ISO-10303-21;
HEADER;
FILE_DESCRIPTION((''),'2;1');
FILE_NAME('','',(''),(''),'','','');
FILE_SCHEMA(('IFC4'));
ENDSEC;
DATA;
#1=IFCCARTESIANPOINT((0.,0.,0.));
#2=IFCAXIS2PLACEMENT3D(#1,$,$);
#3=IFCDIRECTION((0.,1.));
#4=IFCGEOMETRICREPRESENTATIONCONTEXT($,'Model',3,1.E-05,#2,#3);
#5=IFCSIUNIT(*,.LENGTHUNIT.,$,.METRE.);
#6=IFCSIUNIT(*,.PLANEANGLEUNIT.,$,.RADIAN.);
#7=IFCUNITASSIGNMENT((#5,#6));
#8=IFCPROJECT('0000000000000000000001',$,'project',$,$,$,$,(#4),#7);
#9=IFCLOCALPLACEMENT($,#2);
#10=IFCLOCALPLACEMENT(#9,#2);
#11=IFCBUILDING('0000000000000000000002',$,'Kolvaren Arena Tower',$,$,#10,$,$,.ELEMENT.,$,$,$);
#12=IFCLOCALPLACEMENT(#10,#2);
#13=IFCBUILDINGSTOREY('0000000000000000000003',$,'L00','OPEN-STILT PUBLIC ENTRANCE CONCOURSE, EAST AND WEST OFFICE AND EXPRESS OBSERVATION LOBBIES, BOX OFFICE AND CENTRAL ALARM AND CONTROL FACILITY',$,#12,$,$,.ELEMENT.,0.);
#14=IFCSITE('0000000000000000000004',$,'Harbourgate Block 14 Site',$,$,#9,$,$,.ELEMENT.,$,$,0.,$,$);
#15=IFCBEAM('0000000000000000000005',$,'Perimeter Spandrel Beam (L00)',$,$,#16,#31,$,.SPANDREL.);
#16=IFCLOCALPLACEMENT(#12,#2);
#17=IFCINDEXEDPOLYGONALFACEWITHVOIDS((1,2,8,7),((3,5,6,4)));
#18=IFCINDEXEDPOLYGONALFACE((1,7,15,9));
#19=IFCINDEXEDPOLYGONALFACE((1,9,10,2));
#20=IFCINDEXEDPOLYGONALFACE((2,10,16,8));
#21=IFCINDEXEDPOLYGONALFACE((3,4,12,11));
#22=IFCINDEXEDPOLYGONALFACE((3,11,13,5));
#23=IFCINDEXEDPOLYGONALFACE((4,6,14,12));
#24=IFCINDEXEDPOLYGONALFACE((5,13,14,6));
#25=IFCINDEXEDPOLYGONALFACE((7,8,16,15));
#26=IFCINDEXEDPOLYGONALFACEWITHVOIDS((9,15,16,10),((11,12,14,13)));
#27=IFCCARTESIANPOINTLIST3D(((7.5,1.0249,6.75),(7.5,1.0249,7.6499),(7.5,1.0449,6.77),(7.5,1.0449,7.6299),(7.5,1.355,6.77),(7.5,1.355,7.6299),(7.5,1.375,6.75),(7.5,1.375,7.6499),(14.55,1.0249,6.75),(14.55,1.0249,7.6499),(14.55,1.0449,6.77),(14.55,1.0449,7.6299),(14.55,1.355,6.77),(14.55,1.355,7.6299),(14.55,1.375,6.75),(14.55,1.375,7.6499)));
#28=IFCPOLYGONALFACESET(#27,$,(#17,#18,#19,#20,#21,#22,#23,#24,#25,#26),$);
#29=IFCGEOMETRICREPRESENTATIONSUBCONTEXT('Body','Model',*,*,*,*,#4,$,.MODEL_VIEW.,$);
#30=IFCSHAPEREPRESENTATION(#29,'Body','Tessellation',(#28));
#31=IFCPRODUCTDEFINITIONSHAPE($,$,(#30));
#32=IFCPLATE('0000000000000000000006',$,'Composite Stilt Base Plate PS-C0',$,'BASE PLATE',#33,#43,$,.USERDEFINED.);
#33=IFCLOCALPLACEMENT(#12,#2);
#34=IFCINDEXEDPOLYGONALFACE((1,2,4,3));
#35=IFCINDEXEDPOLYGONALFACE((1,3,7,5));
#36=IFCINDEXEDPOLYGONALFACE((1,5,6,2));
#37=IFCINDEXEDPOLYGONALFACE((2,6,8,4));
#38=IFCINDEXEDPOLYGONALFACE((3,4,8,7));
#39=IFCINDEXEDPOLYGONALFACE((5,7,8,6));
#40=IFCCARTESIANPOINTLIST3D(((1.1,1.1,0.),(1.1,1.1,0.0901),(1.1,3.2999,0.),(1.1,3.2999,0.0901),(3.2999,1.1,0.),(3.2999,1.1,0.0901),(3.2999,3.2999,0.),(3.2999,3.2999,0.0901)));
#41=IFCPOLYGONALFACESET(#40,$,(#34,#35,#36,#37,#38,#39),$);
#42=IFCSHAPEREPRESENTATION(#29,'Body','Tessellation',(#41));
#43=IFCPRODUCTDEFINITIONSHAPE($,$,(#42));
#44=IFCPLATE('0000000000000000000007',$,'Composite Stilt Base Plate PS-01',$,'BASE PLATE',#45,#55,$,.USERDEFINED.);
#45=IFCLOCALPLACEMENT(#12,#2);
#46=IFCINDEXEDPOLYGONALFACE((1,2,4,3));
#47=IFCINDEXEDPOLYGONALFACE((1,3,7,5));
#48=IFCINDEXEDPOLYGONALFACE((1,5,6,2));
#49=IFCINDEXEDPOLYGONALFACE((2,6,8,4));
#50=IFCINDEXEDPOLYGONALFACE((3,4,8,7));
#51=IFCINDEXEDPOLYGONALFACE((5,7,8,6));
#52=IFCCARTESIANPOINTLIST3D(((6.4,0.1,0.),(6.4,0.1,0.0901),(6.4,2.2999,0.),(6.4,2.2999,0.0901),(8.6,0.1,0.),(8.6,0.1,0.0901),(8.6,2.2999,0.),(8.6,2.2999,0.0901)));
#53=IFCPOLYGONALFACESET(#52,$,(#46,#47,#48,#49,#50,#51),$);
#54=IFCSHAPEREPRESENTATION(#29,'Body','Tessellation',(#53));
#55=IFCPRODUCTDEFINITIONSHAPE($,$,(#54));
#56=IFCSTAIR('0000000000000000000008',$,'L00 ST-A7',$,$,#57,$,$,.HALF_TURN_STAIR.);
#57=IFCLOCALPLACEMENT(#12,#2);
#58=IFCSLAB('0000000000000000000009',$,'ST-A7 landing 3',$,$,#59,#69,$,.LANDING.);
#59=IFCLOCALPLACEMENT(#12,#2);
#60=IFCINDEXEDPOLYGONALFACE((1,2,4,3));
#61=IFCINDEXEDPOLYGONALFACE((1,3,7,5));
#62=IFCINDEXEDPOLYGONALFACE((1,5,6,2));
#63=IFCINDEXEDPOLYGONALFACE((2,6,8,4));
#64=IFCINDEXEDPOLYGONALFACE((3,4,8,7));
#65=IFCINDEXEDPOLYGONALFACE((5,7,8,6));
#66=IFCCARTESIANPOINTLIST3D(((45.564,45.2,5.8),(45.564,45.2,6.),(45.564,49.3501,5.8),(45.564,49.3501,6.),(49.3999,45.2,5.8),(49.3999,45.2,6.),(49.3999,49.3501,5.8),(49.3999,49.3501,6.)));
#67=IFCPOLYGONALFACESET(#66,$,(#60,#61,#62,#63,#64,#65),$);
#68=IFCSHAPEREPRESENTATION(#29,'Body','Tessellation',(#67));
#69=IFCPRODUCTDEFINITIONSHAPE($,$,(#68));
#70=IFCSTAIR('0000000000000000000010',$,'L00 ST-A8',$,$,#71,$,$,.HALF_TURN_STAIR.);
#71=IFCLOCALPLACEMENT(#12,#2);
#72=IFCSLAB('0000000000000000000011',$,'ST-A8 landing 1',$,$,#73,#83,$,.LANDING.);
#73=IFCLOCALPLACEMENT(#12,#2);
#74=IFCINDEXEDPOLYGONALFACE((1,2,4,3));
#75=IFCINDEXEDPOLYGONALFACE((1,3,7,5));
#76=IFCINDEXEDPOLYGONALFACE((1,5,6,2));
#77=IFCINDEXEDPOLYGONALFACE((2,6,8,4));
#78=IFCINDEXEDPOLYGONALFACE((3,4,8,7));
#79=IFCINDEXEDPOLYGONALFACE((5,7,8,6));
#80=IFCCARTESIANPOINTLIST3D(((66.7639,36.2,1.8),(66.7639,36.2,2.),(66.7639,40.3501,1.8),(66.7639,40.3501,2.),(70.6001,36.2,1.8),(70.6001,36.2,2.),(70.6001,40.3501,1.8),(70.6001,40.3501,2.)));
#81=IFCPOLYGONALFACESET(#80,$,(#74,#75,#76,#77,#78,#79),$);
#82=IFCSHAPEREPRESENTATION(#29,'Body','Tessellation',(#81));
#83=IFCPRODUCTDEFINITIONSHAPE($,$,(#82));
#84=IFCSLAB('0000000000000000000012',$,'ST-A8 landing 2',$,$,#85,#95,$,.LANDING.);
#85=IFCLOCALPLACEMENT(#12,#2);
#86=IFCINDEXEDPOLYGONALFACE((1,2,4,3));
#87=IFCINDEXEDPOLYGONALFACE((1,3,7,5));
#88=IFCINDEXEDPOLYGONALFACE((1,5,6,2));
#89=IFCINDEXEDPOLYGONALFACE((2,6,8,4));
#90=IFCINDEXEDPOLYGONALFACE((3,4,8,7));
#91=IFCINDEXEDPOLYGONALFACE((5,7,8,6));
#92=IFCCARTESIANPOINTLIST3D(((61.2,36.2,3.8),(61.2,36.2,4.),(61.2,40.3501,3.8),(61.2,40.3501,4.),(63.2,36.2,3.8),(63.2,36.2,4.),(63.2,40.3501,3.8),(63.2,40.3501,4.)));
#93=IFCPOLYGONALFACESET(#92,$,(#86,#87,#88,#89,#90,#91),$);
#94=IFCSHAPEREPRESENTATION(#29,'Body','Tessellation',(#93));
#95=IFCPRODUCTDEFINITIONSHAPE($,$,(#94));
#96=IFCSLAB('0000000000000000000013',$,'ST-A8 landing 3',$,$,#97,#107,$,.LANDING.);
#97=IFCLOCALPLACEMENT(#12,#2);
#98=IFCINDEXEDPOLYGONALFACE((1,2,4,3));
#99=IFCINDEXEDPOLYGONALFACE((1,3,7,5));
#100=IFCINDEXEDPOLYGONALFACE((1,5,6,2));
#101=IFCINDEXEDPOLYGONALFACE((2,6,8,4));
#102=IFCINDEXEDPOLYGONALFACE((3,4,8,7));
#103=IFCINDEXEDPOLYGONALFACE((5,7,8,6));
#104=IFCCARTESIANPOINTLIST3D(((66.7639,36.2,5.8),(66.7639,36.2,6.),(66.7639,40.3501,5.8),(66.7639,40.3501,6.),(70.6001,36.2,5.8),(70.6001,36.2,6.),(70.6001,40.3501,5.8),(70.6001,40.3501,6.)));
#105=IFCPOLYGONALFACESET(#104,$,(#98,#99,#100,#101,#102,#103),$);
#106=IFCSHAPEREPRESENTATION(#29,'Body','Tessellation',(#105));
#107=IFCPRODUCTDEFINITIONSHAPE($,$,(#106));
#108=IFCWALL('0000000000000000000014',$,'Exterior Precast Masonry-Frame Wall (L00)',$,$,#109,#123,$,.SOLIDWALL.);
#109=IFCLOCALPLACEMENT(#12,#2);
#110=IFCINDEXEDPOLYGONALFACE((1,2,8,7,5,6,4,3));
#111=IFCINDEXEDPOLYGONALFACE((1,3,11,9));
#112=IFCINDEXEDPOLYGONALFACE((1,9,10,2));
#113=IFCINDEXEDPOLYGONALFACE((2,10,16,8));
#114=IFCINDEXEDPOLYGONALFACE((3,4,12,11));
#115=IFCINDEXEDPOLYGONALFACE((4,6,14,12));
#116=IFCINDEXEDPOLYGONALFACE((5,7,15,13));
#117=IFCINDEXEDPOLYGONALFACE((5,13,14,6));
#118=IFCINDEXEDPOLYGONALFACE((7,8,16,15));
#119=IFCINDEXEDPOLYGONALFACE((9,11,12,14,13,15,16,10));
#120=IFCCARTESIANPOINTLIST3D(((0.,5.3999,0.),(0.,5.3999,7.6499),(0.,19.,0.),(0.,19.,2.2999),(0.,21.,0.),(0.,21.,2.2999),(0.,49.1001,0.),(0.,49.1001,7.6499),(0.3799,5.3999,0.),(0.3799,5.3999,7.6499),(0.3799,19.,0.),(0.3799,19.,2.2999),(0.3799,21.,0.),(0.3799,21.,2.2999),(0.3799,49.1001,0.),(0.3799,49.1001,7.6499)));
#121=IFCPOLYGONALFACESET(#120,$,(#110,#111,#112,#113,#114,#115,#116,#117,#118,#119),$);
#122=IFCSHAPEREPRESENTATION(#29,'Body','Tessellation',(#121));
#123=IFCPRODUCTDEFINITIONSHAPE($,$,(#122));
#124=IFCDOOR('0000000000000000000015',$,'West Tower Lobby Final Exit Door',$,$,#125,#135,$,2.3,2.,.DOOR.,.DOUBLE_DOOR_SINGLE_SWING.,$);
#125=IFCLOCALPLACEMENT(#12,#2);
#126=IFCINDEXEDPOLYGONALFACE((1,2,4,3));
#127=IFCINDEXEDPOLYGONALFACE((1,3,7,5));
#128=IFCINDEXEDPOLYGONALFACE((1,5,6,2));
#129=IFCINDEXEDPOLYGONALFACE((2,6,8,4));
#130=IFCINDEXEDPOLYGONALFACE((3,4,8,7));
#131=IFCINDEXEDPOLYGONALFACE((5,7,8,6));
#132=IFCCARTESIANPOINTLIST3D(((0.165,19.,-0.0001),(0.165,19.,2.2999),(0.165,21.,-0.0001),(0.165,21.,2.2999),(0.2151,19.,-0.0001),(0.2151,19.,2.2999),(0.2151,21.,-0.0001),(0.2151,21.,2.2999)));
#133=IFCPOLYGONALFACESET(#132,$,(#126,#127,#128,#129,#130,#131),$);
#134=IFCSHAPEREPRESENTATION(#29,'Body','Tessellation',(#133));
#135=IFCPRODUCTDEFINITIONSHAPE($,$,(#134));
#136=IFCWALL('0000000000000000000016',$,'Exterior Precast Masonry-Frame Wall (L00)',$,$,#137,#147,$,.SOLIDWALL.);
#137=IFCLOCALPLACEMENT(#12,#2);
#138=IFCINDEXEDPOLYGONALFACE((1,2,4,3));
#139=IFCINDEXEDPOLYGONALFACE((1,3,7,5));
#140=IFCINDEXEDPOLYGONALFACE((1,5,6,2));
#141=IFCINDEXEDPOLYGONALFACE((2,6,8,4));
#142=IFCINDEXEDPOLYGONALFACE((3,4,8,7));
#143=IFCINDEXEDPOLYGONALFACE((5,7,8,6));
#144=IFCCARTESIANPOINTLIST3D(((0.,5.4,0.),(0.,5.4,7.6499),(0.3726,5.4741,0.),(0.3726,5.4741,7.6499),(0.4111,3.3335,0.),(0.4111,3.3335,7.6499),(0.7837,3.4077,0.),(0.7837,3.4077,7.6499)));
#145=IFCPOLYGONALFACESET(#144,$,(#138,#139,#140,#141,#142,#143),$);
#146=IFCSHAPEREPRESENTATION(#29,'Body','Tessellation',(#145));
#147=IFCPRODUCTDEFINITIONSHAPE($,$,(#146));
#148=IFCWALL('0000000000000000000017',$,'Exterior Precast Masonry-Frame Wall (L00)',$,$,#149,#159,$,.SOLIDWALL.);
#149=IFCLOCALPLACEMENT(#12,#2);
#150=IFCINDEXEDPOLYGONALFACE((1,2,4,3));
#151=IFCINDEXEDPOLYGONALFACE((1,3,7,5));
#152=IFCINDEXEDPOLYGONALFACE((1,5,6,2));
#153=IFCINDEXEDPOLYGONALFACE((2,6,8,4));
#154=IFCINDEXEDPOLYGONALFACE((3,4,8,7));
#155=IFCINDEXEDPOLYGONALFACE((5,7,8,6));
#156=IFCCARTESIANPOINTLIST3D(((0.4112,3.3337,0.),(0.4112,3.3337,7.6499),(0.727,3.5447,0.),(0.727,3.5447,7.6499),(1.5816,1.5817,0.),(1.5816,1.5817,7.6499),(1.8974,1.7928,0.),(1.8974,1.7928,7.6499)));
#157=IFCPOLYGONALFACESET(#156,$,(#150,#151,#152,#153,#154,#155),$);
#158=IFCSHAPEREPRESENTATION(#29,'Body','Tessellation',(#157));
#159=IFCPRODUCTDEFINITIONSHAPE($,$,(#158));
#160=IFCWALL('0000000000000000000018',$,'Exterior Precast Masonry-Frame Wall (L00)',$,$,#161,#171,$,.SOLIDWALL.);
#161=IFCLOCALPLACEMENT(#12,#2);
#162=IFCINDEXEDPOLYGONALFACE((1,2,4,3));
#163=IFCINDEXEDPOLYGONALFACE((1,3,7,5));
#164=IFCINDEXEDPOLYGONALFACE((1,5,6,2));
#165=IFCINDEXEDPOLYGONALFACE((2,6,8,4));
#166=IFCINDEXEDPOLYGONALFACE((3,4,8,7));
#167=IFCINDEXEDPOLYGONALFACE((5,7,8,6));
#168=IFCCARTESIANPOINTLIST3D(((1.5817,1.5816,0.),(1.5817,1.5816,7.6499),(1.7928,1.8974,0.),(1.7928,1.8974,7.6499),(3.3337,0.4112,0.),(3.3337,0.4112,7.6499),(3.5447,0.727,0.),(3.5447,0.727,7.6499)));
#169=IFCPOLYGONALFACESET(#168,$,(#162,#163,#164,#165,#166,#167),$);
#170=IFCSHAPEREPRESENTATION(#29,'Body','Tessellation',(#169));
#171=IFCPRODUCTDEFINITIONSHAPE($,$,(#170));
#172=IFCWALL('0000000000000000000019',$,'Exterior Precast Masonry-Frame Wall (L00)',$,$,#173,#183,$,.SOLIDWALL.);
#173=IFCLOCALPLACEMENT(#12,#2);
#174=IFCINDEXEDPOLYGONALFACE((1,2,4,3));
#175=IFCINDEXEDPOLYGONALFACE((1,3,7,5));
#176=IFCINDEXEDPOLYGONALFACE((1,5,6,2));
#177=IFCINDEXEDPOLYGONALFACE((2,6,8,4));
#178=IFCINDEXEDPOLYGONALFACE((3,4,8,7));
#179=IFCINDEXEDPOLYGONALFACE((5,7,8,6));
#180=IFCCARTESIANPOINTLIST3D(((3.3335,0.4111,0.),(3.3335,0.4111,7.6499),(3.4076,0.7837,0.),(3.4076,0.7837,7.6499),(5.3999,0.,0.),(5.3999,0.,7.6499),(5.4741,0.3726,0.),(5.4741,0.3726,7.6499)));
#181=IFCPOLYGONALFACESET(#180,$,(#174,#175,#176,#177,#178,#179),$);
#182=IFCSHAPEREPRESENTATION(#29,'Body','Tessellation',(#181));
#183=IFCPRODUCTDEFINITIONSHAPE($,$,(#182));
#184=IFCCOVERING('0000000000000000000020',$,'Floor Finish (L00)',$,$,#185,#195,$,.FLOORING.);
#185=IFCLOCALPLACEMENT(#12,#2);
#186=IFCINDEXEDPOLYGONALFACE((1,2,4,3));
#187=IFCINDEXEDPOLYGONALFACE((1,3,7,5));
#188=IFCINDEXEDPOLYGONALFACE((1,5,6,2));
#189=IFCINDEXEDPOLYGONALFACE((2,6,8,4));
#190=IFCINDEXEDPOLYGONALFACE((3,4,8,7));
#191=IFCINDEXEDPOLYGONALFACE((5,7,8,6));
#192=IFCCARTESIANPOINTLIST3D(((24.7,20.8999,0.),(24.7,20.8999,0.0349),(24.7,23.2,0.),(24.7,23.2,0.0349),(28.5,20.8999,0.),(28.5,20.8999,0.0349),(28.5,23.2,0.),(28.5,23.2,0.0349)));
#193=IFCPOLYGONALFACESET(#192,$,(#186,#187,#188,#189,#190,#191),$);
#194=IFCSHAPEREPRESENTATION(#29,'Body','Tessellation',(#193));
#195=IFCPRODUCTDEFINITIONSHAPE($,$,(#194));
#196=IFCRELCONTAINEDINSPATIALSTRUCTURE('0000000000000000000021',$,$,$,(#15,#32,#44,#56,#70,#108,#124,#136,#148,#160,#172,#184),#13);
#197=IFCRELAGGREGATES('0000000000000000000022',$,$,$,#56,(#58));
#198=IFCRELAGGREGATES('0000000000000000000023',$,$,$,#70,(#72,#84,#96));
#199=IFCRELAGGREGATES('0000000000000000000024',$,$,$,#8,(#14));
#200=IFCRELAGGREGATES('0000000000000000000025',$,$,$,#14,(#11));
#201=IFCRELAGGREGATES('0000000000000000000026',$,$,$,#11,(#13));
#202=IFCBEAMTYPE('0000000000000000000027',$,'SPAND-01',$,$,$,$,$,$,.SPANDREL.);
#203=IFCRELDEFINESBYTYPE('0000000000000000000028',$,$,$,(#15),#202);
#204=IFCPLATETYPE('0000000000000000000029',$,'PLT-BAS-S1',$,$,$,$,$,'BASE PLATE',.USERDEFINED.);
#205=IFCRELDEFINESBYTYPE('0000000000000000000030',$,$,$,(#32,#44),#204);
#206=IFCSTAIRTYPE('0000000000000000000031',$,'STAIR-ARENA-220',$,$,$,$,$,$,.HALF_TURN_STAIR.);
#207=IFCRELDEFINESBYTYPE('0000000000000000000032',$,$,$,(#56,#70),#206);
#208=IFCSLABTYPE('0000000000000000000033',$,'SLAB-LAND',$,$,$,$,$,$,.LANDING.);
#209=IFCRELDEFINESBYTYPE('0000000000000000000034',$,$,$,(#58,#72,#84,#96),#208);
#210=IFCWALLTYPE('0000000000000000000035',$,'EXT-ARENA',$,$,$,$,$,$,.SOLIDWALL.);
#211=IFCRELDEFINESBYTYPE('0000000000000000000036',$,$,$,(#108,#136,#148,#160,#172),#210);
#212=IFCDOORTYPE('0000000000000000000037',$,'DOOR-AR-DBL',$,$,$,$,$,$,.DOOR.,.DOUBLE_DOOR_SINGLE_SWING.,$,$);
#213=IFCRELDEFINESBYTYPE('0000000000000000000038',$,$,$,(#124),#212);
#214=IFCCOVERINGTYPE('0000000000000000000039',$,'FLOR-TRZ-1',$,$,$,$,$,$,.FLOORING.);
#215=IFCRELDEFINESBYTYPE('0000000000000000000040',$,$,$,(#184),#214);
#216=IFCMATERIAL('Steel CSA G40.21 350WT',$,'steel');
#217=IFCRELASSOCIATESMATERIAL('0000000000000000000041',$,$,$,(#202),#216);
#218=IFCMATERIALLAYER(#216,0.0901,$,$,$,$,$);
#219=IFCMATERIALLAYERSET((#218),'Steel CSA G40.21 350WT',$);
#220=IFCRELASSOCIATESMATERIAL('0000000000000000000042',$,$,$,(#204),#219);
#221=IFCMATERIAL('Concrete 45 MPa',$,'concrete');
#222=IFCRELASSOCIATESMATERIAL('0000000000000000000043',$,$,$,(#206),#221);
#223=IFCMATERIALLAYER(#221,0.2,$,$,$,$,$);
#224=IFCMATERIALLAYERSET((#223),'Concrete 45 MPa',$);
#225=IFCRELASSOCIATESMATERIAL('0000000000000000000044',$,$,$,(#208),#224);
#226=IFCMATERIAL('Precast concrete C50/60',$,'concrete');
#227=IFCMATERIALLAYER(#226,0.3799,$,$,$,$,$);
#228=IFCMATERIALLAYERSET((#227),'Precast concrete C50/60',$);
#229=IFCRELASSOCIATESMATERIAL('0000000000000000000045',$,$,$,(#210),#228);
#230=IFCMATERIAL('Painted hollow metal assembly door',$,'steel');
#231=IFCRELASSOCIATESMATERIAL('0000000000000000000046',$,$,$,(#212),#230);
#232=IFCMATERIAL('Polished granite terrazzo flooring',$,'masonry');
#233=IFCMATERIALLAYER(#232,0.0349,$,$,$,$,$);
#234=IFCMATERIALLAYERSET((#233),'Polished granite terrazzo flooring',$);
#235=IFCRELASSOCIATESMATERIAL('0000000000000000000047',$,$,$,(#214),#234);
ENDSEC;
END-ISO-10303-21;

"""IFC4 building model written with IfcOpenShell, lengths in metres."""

from ifc_helpers import new_model, si_unit, direction, frame, frame_2d, origin, origin_2d, place, context, subcontext, project, spatial, polyline, rectangle, hollow_rectangle, outline, extrude, material, layer, layer_set, material_profile, profile_set, type_object, element, fill, aggregate, save


model = new_model("IFC4")

# Units and contexts
model_context = context("Model", 3, precision=1e-05, world=origin(), true_north=direction((0.0, 1.0)))
body_context = subcontext(model_context, "Body", "Model", "MODEL_VIEW")
ifc_project = project(units=[si_unit("LENGTHUNIT", "METRE"), si_unit("PLANEANGLEUNIT", "RADIAN")], contexts=[model_context])

# Site, building, storey
site_placement = place(None, origin())
site = spatial("IfcSite", under=ifc_project, at=site_placement, Name="Harbourgate Block 14 Site", CompositionType="ELEMENT", RefElevation=0.0)
building_placement = place(site_placement, origin())
building = spatial("IfcBuilding", under=site, at=building_placement, Name="Kolvaren Arena Tower", CompositionType="ELEMENT")
storey_placement = place(building_placement, origin())
storey = spatial("IfcBuildingStorey", under=building, at=storey_placement, Name="L00", Description="OPEN-STILT PUBLIC ENTRANCE CONCOURSE, EAST AND WEST OFFICE AND EXPRESS OBSERVATION LOBBIES, BOX OFFICE AND CENTRAL ALARM AND CONTROL FACILITY", CompositionType="ELEMENT", Elevation=0.0)

# Shared definitions
ifc_material_1 = material(Name="Steel CSA G40.21 350WT", Category="steel")

# Beam
ifc_material_profile_1 = material_profile(ifc_material_1, hollow_rectangle(XDim=0.3501, YDim=0.8999, WallThickness=0.02, at=origin_2d()), Name="HSS 900x350x20")
ifc_profile_set_1 = profile_set([ifc_material_profile_1], Name="Steel CSA G40.21 350WT")
beam_type_1 = type_object("IfcBeamType", Name="SPAND-01", PredefinedType="SPANDREL", material=ifc_profile_set_1)
beam_1_placement = place(storey_placement, frame((7.5, 1.2, 7.2), z_axis=(1.0, 0.0, 0.0), x_axis=(0.0, 1.0, 0.0)))
element("IfcBeam", 1, at=beam_1_placement, inside=storey, type_object=beam_type_1, Name="Perimeter Spandrel Beam (L00)", PredefinedType="SPANDREL", context=body_context, shape_type="SweptSolid", body=[
    extrude(hollow_rectangle(XDim=0.3501, YDim=0.8999, WallThickness=0.02, at=origin_2d()), origin(), (0.0, 0.0, 1.0), 7.05),
])

# Plates
ifc_layer_1 = layer(ifc_material_1, 0.0901)
ifc_layer_set_1 = layer_set([ifc_layer_1], Name="Steel CSA G40.21 350WT")
plate_type = type_object("IfcPlateType", Name="PLT-BAS-S1", ElementType="BASE PLATE", PredefinedType="USERDEFINED", material=ifc_layer_set_1)
for number, where, z_axis, x_axis, name in (
    (2, (2.2, 2.2, 0.0), (0.0, 0.0, 1.0), (1.0, 0.0, 0.0), "Composite Stilt Base Plate PS-C0"),
    (3, (7.5, 1.2, 0.0), (0.0, 0.0, 1.0), (1.0, 0.0, 0.0), "Composite Stilt Base Plate PS-01"),
):
    element("IfcPlate", number, at=place(storey_placement, frame(where, z_axis=z_axis, x_axis=x_axis)), inside=storey, type_object=plate_type, Name=name, ObjectType="BASE PLATE", PredefinedType="USERDEFINED", context=body_context, shape_type="SweptSolid", body=[
        extrude(rectangle(XDim=2.2, YDim=2.2, at=origin_2d()), origin(), (0.0, 0.0, 1.0), 0.0901),
    ])

# Stair, slab
ifc_material_2 = material(Name="Concrete 45 MPa", Category="concrete")
stair_type = type_object("IfcStairType", Name="STAIR-ARENA-220", PredefinedType="HALF_TURN_STAIR", material=ifc_material_2)
stair_1_placement = place(storey_placement, origin())
stair_1 = element("IfcStair", 4, at=stair_1_placement, inside=storey, type_object=stair_type, Name="L00 ST-A7", PredefinedType="HALF_TURN_STAIR")
ifc_layer_2 = layer(ifc_material_2, 0.2)
ifc_layer_set_2 = layer_set([ifc_layer_2], Name="Concrete 45 MPa")
slab_type = type_object("IfcSlabType", Name="SLAB-LAND", PredefinedType="LANDING", material=ifc_layer_set_2)
slab_1_placement = place(storey_placement, frame((0.0, 0.0, 5.8)))
slab_1 = element("IfcSlab", 5, at=slab_1_placement, type_object=slab_type, Name="ST-A7 landing 3", PredefinedType="LANDING", context=body_context, shape_type="SweptSolid", body=[
    extrude(outline(polyline([(45.564, 45.2), (49.3999, 45.2), (49.3999, 49.3501), (45.564, 49.3501), (45.564, 45.2)])), origin(), (0.0, 0.0, 1.0), 0.2),
])
aggregate(stair_1, [slab_1])

# Stair, slabs
stair_2_placement = place(storey_placement, origin())
stair_2 = element("IfcStair", 6, at=stair_2_placement, inside=storey, type_object=stair_type, Name="L00 ST-A8", PredefinedType="HALF_TURN_STAIR")
slab_2_placement = place(storey_placement, frame((0.0, 0.0, 1.8)))
slab_2 = element("IfcSlab", 7, at=slab_2_placement, type_object=slab_type, Name="ST-A8 landing 1", PredefinedType="LANDING", context=body_context, shape_type="SweptSolid", body=[
    extrude(outline(polyline([(66.7639, 36.2), (70.6001, 36.2), (70.6001, 40.3501), (66.7639, 40.3501), (66.7639, 36.2)])), origin(), (0.0, 0.0, 1.0), 0.2),
])
slab_3_placement = place(storey_placement, frame((0.0, 0.0, 3.8)))
slab_3 = element("IfcSlab", 8, at=slab_3_placement, type_object=slab_type, Name="ST-A8 landing 2", PredefinedType="LANDING", context=body_context, shape_type="SweptSolid", body=[
    extrude(outline(polyline([(61.2, 36.2), (63.2, 36.2), (63.2, 40.3501), (61.2, 40.3501), (61.2, 36.2)])), origin(), (0.0, 0.0, 1.0), 0.2),
])
slab_4_placement = place(storey_placement, frame((0.0, 0.0, 5.8)))
slab_4 = element("IfcSlab", 9, at=slab_4_placement, type_object=slab_type, Name="ST-A8 landing 3", PredefinedType="LANDING", context=body_context, shape_type="SweptSolid", body=[
    extrude(outline(polyline([(66.7639, 36.2), (70.6001, 36.2), (70.6001, 40.3501), (66.7639, 40.3501), (66.7639, 36.2)])), origin(), (0.0, 0.0, 1.0), 0.2),
])
aggregate(stair_2, [slab_2, slab_3, slab_4])

# Wall, opening, door
ifc_material_3 = material(Name="Precast concrete C50/60", Category="concrete")
ifc_layer_3 = layer(ifc_material_3, 0.3799)
ifc_layer_set_3 = layer_set([ifc_layer_3], Name="Precast concrete C50/60")
wall_type = type_object("IfcWallType", Name="EXT-ARENA", PredefinedType="SOLIDWALL", material=ifc_layer_set_3)
wall_placement = place(storey_placement, frame((0.1899, 5.3999, 0.0), z_axis=(0.0, 0.0, 1.0), x_axis=(0.0, 1.0, 0.0)))
wall = element("IfcWall", 10, at=wall_placement, inside=storey, type_object=wall_type, Name="Exterior Precast Masonry-Frame Wall (L00)", PredefinedType="SOLIDWALL", context=body_context, shape_type="SweptSolid", body=[
    extrude(rectangle(XDim=43.7002, YDim=0.3799, at=frame_2d((21.8501, 0.0))), origin(), (0.0, 0.0, 1.0), 7.6499),
])
opening_placement = place(wall_placement, frame((13.6001, 0.0, 0.0)))
opening = element("IfcOpeningElement", 11, at=opening_placement, cuts=wall, PredefinedType="OPENING", context=body_context, shape_type="SweptSolid", body=[
    extrude(rectangle(XDim=2.0, YDim=2.3, at=frame_2d((1.0, 1.1499))), frame((0.0, 0.2, 0.0), z_axis=(0.0, -1.0, 0.0), x_axis=(1.0, 0.0, 0.0)), (0.0, 0.0, 1.0), 0.3999),
])
ifc_material_4 = material(Name="Painted hollow metal assembly door", Category="steel")
door_type = type_object("IfcDoorType", Name="DOOR-AR-DBL", OperationType="DOUBLE_DOOR_SINGLE_SWING", PredefinedType="DOOR", material=ifc_material_4)
door_placement = place(opening_placement, origin())
door = element("IfcDoor", 12, at=door_placement, inside=storey, type_object=door_type, Name="West Tower Lobby Final Exit Door", OperationType="DOUBLE_DOOR_SINGLE_SWING", OverallHeight=2.3, OverallWidth=2.0, PredefinedType="DOOR", context=body_context, shape_type="SweptSolid", body=[
    extrude(rectangle(XDim=2.0, YDim=2.3, at=frame_2d((1.0, 1.1499))), frame((0.0, 0.0249, 0.0), z_axis=(0.0, -1.0, 0.0), x_axis=(1.0, 0.0, 0.0)), (0.0, 0.0, 1.0), 0.05),
])
fill(opening, door)

# Walls
for number, where, z_axis, x_axis, name in (
    (13, (0.5974, 3.3706, 0.0), (0.0, 0.0, 1.0), (-0.195136, 0.980776, 0.0), "Exterior Precast Masonry-Frame Wall (L00)"),
    (14, (1.7395, 1.6873, 0.0), (0.0, 0.0, 1.0), (-0.555502, 0.831515, 0.0), "Exterior Precast Masonry-Frame Wall (L00)"),
    (15, (3.4392, 0.5691, 0.0), (0.0, 0.0, 1.0), (-0.831515, 0.555502, 0.0), "Exterior Precast Masonry-Frame Wall (L00)"),
    (16, (5.437, 0.1863, 0.0), (0.0, 0.0, 1.0), (-0.980776, 0.195136, 0.0), "Exterior Precast Masonry-Frame Wall (L00)"),
):
    element("IfcWall", number, at=place(storey_placement, frame(where, z_axis=z_axis, x_axis=x_axis)), inside=storey, type_object=wall_type, Name=name, PredefinedType="SOLIDWALL", context=body_context, shape_type="SweptSolid", body=[
        extrude(rectangle(XDim=2.1069, YDim=0.3799, at=frame_2d((1.0535, 0.0))), origin(), (0.0, 0.0, 1.0), 7.6499),
    ])

# Covering
ifc_material_5 = material(Name="Polished granite terrazzo flooring", Category="masonry")
ifc_layer_4 = layer(ifc_material_5, 0.0349)
ifc_layer_set_4 = layer_set([ifc_layer_4], Name="Polished granite terrazzo flooring")
covering_type = type_object("IfcCoveringType", Name="FLOR-TRZ-1", PredefinedType="FLOORING", material=ifc_layer_set_4)
covering_placement = place(storey_placement, origin())
element("IfcCovering", 17, at=covering_placement, inside=storey, type_object=covering_type, Name="Floor Finish (L00)", PredefinedType="FLOORING", context=body_context, shape_type="SweptSolid", body=[
    extrude(outline(polyline([(24.7, 20.8999), (24.7, 23.2), (28.5, 23.2), (28.5, 20.8999), (24.7, 20.8999)])), origin(), (0.0, 0.0, 1.0), 0.0349),
])

save(model, "model.ifc")
